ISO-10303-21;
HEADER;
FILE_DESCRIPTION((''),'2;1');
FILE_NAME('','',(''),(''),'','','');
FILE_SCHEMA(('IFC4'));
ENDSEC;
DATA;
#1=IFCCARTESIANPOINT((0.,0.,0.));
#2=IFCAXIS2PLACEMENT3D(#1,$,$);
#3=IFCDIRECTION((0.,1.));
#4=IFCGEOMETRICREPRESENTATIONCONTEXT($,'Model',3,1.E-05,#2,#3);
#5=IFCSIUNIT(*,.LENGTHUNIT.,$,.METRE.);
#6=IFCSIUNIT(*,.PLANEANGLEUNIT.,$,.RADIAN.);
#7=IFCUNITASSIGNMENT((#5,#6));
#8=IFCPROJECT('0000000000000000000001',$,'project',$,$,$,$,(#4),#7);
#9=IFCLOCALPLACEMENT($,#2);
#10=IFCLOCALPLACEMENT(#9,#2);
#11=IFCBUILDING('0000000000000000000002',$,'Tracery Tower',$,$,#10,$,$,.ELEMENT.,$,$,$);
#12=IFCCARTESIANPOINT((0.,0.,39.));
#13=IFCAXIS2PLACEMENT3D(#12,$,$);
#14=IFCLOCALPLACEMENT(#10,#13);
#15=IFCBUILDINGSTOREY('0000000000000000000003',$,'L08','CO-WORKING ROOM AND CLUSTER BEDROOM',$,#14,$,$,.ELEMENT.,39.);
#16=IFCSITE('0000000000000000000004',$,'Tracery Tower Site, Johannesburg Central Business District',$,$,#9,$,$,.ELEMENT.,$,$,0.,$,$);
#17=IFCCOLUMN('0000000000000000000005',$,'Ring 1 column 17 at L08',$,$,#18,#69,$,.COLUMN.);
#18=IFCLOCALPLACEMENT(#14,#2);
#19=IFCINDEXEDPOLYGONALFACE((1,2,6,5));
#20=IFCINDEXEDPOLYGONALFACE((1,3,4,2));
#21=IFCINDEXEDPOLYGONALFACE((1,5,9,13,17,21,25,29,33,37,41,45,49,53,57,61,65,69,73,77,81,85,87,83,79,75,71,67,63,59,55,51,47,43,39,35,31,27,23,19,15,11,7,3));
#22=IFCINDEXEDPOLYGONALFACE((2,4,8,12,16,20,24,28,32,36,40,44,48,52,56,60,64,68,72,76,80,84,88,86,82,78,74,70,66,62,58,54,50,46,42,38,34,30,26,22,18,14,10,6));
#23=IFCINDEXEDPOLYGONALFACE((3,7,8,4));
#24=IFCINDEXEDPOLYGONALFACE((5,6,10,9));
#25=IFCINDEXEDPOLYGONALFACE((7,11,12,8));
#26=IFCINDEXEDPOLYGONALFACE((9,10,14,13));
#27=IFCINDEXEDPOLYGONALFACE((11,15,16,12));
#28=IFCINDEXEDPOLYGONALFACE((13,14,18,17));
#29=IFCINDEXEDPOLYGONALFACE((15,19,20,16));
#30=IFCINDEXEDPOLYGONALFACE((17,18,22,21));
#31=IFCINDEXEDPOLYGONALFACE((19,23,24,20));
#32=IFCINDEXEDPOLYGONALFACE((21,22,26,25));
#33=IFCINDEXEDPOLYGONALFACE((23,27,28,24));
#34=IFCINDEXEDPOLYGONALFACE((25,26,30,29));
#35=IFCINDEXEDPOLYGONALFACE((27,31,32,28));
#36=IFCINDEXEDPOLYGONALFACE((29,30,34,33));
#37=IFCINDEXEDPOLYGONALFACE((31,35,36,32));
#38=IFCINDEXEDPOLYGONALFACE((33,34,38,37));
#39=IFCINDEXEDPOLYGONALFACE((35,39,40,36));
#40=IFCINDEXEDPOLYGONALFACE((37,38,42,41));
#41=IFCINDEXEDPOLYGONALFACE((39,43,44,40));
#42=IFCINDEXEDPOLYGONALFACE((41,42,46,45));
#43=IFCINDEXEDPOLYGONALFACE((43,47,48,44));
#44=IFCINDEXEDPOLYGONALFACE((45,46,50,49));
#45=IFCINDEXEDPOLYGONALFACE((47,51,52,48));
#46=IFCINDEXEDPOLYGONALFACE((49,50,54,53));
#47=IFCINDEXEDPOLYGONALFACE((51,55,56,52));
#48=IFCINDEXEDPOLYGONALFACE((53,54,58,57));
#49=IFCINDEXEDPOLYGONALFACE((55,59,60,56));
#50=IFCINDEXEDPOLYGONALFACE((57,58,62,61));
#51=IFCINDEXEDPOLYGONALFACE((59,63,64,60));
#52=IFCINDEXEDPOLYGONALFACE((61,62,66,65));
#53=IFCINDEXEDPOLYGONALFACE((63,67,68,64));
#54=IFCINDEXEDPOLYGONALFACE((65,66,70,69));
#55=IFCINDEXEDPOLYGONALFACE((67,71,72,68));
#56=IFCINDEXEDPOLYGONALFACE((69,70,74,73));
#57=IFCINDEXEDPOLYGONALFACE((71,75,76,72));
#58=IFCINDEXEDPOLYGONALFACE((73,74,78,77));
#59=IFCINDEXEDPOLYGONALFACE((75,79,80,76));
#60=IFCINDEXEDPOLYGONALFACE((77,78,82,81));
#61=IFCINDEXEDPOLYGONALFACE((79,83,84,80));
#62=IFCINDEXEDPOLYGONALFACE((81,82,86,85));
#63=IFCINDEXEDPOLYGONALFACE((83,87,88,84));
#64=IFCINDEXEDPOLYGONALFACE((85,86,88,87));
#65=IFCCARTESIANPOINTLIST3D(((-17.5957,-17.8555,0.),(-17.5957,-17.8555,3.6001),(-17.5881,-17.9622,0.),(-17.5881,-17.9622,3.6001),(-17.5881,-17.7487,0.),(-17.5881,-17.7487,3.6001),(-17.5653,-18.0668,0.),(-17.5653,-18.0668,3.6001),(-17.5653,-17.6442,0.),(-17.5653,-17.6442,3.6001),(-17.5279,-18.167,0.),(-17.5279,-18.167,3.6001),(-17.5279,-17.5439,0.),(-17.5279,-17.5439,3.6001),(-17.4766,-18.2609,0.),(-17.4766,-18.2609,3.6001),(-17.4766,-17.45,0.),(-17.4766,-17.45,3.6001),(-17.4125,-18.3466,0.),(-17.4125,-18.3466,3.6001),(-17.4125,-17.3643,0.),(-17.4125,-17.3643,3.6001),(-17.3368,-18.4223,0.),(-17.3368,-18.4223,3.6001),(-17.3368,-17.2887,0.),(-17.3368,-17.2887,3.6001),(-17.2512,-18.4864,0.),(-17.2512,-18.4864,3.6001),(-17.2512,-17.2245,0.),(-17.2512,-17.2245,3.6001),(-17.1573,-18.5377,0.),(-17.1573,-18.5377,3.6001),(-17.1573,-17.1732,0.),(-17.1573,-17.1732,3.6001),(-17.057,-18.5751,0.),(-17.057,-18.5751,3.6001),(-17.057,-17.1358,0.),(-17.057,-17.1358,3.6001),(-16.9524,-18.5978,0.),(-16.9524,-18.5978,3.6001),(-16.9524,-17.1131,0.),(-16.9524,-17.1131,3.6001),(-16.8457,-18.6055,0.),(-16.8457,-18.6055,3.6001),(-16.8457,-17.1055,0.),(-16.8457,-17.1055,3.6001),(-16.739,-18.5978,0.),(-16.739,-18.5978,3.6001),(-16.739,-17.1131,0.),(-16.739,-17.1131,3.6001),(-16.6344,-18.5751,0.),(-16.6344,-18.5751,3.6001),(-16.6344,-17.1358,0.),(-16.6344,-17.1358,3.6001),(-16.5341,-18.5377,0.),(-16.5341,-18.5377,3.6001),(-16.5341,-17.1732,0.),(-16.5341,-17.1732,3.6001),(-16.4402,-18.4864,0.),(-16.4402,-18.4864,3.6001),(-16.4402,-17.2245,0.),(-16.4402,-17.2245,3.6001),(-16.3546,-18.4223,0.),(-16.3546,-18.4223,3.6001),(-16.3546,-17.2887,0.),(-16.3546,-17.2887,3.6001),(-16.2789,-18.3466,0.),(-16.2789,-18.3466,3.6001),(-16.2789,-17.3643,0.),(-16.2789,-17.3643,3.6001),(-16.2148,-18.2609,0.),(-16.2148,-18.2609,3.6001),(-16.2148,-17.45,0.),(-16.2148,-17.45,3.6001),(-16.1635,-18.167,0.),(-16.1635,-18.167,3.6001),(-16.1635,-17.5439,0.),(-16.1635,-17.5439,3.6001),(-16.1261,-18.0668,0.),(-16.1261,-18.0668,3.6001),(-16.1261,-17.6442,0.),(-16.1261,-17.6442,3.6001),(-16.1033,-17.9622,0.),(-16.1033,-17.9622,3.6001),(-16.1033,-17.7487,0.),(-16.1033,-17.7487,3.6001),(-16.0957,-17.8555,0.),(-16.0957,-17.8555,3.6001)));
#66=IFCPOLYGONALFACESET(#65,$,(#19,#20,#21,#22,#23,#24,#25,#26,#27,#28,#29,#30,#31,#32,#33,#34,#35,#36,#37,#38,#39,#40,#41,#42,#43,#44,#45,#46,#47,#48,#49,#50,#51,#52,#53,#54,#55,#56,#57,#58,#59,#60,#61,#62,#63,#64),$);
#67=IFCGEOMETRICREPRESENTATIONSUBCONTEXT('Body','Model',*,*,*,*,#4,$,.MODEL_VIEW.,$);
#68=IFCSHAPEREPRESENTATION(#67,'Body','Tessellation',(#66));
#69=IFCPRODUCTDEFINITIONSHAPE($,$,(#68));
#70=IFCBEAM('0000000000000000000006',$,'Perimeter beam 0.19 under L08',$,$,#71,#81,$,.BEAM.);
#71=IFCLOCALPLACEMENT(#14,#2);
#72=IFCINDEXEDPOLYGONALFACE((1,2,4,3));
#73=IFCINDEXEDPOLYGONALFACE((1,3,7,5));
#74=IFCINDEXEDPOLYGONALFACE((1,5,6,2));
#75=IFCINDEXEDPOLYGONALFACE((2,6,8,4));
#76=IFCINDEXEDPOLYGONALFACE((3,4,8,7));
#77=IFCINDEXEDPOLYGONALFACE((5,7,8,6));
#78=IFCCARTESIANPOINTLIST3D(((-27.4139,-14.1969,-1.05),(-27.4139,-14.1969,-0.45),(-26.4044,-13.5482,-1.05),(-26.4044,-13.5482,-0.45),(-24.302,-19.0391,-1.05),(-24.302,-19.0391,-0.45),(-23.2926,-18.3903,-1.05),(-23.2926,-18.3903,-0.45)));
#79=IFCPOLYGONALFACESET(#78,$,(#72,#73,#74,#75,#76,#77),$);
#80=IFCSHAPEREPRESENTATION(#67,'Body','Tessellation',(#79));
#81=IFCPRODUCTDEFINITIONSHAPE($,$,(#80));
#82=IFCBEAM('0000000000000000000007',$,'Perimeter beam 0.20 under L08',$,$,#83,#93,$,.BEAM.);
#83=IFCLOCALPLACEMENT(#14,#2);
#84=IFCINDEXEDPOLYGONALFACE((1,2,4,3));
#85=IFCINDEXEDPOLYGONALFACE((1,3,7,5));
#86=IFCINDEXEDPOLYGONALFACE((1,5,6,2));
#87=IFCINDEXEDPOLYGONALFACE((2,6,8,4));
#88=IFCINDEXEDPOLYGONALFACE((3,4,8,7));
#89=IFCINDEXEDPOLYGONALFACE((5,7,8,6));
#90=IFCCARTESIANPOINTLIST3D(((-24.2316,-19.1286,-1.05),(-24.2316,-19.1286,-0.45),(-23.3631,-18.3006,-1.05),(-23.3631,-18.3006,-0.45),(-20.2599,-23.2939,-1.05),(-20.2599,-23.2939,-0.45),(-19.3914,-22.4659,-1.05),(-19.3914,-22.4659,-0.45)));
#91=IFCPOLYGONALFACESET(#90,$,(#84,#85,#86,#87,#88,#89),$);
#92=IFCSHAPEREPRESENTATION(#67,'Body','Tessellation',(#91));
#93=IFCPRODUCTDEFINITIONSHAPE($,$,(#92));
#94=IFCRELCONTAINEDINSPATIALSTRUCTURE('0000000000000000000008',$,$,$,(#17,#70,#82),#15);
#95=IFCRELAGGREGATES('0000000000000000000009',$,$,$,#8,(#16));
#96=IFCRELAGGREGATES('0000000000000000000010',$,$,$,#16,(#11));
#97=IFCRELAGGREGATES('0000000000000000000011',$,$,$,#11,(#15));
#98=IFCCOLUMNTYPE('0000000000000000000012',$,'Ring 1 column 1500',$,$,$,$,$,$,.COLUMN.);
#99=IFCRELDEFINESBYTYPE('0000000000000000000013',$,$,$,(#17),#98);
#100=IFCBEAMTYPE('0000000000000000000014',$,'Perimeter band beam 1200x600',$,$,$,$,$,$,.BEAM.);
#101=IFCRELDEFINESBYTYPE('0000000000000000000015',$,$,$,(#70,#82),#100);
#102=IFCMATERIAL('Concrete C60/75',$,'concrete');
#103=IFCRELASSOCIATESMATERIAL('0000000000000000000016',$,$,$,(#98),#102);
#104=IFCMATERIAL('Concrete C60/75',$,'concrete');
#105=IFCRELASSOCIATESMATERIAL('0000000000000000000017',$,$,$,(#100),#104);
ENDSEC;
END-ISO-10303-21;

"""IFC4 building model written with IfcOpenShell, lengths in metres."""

from ifc_helpers import new_model, si_unit, direction, frame, origin, origin_2d, place, context, subcontext, project, spatial, rectangle, circle, extrude, material, material_profile, profile_set, type_object, element, save


model = new_model("IFC4")

# Units and contexts
model_context = context("Model", 3, precision=1e-05, world=origin(), true_north=direction((0.0, 1.0)))
body_context = subcontext(model_context, "Body", "Model", "MODEL_VIEW")
ifc_project = project(units=[si_unit("LENGTHUNIT", "METRE"), si_unit("PLANEANGLEUNIT", "RADIAN")], contexts=[model_context])

# Site, building, storey
site_placement = place(None, origin())
site = spatial("IfcSite", under=ifc_project, at=site_placement, Name="Tracery Tower Site, Johannesburg Central Business District", CompositionType="ELEMENT", RefElevation=0.0)
building_placement = place(site_placement, origin())
building = spatial("IfcBuilding", under=site, at=building_placement, Name="Tracery Tower", CompositionType="ELEMENT")
storey_placement = place(building_placement, frame((0.0, 0.0, 39.0)))
storey = spatial("IfcBuildingStorey", under=building, at=storey_placement, Name="L08", Description="CO-WORKING ROOM AND CLUSTER BEDROOM", CompositionType="ELEMENT", Elevation=39.0)

# Column
ifc_material_1 = material(Name="Concrete C60/75", Category="concrete")
ifc_material_profile_1 = material_profile(ifc_material_1, circle(Radius=0.75, at=origin_2d()), Name="RC D1500")
ifc_profile_set_1 = profile_set([ifc_material_profile_1], Name="Concrete C60/75")
column_type_1 = type_object("IfcColumnType", Name="Ring 1 column 1500", PredefinedType="COLUMN", material=ifc_profile_set_1)
for number, where, z_axis, x_axis, name in (
    (1, (-16.8457, -17.8555, 0.0), (0.0, 0.0, 1.0), (1.0, 0.0, 0.0), "Ring 1 column 17 at L08"),
):
    element("IfcColumn", number, at=place(storey_placement, frame(where, z_axis=z_axis, x_axis=x_axis)), inside=storey, type_object=column_type_1, Name=name, PredefinedType="COLUMN", context=body_context, shape_type="SweptSolid", body=[
        extrude(circle(Radius=0.75, at=origin_2d()), origin(), (0.0, 0.0, 1.0), 3.6001),
    ])

# Beams
ifc_material_2 = material(Name="Concrete C60/75", Category="concrete")
ifc_material_profile_2 = material_profile(ifc_material_2, rectangle(XDim=1.2, YDim=0.6001, at=origin_2d()), Name="RC 1200x600")
ifc_profile_set_2 = profile_set([ifc_material_profile_2], Name="Concrete C60/75")
beam_type = type_object("IfcBeamType", Name="Perimeter band beam 1200x600", PredefinedType="BEAM", material=ifc_profile_set_2)
beam_1_placement = place(storey_placement, frame((-26.9092, -13.8726, -0.75), z_axis=(0.540644, -0.841252, 0.0), x_axis=(0.841252, 0.540644, 0.0)))
element("IfcBeam", 2, at=beam_1_placement, inside=storey, type_object=beam_type, Name="Perimeter beam 0.19 under L08", PredefinedType="BEAM", context=body_context, shape_type="SweptSolid", body=[
    extrude(rectangle(XDim=1.2, YDim=0.6001, at=origin_2d()), origin(), (0.0, 0.0, 1.0), 5.7559),
])
beam_2_placement = place(storey_placement, frame((-23.7974, -18.7146, -0.75), z_axis=(0.690087, -0.723726, 0.0), x_axis=(0.723726, 0.690087, 0.0)))
element("IfcBeam", 3, at=beam_2_placement, inside=storey, type_object=beam_type, Name="Perimeter beam 0.20 under L08", PredefinedType="BEAM", context=body_context, shape_type="SweptSolid", body=[
    extrude(rectangle(XDim=1.2, YDim=0.6001, at=origin_2d()), origin(), (0.0, 0.0, 1.0), 5.7554),
])

save(model, "model.ifc")
